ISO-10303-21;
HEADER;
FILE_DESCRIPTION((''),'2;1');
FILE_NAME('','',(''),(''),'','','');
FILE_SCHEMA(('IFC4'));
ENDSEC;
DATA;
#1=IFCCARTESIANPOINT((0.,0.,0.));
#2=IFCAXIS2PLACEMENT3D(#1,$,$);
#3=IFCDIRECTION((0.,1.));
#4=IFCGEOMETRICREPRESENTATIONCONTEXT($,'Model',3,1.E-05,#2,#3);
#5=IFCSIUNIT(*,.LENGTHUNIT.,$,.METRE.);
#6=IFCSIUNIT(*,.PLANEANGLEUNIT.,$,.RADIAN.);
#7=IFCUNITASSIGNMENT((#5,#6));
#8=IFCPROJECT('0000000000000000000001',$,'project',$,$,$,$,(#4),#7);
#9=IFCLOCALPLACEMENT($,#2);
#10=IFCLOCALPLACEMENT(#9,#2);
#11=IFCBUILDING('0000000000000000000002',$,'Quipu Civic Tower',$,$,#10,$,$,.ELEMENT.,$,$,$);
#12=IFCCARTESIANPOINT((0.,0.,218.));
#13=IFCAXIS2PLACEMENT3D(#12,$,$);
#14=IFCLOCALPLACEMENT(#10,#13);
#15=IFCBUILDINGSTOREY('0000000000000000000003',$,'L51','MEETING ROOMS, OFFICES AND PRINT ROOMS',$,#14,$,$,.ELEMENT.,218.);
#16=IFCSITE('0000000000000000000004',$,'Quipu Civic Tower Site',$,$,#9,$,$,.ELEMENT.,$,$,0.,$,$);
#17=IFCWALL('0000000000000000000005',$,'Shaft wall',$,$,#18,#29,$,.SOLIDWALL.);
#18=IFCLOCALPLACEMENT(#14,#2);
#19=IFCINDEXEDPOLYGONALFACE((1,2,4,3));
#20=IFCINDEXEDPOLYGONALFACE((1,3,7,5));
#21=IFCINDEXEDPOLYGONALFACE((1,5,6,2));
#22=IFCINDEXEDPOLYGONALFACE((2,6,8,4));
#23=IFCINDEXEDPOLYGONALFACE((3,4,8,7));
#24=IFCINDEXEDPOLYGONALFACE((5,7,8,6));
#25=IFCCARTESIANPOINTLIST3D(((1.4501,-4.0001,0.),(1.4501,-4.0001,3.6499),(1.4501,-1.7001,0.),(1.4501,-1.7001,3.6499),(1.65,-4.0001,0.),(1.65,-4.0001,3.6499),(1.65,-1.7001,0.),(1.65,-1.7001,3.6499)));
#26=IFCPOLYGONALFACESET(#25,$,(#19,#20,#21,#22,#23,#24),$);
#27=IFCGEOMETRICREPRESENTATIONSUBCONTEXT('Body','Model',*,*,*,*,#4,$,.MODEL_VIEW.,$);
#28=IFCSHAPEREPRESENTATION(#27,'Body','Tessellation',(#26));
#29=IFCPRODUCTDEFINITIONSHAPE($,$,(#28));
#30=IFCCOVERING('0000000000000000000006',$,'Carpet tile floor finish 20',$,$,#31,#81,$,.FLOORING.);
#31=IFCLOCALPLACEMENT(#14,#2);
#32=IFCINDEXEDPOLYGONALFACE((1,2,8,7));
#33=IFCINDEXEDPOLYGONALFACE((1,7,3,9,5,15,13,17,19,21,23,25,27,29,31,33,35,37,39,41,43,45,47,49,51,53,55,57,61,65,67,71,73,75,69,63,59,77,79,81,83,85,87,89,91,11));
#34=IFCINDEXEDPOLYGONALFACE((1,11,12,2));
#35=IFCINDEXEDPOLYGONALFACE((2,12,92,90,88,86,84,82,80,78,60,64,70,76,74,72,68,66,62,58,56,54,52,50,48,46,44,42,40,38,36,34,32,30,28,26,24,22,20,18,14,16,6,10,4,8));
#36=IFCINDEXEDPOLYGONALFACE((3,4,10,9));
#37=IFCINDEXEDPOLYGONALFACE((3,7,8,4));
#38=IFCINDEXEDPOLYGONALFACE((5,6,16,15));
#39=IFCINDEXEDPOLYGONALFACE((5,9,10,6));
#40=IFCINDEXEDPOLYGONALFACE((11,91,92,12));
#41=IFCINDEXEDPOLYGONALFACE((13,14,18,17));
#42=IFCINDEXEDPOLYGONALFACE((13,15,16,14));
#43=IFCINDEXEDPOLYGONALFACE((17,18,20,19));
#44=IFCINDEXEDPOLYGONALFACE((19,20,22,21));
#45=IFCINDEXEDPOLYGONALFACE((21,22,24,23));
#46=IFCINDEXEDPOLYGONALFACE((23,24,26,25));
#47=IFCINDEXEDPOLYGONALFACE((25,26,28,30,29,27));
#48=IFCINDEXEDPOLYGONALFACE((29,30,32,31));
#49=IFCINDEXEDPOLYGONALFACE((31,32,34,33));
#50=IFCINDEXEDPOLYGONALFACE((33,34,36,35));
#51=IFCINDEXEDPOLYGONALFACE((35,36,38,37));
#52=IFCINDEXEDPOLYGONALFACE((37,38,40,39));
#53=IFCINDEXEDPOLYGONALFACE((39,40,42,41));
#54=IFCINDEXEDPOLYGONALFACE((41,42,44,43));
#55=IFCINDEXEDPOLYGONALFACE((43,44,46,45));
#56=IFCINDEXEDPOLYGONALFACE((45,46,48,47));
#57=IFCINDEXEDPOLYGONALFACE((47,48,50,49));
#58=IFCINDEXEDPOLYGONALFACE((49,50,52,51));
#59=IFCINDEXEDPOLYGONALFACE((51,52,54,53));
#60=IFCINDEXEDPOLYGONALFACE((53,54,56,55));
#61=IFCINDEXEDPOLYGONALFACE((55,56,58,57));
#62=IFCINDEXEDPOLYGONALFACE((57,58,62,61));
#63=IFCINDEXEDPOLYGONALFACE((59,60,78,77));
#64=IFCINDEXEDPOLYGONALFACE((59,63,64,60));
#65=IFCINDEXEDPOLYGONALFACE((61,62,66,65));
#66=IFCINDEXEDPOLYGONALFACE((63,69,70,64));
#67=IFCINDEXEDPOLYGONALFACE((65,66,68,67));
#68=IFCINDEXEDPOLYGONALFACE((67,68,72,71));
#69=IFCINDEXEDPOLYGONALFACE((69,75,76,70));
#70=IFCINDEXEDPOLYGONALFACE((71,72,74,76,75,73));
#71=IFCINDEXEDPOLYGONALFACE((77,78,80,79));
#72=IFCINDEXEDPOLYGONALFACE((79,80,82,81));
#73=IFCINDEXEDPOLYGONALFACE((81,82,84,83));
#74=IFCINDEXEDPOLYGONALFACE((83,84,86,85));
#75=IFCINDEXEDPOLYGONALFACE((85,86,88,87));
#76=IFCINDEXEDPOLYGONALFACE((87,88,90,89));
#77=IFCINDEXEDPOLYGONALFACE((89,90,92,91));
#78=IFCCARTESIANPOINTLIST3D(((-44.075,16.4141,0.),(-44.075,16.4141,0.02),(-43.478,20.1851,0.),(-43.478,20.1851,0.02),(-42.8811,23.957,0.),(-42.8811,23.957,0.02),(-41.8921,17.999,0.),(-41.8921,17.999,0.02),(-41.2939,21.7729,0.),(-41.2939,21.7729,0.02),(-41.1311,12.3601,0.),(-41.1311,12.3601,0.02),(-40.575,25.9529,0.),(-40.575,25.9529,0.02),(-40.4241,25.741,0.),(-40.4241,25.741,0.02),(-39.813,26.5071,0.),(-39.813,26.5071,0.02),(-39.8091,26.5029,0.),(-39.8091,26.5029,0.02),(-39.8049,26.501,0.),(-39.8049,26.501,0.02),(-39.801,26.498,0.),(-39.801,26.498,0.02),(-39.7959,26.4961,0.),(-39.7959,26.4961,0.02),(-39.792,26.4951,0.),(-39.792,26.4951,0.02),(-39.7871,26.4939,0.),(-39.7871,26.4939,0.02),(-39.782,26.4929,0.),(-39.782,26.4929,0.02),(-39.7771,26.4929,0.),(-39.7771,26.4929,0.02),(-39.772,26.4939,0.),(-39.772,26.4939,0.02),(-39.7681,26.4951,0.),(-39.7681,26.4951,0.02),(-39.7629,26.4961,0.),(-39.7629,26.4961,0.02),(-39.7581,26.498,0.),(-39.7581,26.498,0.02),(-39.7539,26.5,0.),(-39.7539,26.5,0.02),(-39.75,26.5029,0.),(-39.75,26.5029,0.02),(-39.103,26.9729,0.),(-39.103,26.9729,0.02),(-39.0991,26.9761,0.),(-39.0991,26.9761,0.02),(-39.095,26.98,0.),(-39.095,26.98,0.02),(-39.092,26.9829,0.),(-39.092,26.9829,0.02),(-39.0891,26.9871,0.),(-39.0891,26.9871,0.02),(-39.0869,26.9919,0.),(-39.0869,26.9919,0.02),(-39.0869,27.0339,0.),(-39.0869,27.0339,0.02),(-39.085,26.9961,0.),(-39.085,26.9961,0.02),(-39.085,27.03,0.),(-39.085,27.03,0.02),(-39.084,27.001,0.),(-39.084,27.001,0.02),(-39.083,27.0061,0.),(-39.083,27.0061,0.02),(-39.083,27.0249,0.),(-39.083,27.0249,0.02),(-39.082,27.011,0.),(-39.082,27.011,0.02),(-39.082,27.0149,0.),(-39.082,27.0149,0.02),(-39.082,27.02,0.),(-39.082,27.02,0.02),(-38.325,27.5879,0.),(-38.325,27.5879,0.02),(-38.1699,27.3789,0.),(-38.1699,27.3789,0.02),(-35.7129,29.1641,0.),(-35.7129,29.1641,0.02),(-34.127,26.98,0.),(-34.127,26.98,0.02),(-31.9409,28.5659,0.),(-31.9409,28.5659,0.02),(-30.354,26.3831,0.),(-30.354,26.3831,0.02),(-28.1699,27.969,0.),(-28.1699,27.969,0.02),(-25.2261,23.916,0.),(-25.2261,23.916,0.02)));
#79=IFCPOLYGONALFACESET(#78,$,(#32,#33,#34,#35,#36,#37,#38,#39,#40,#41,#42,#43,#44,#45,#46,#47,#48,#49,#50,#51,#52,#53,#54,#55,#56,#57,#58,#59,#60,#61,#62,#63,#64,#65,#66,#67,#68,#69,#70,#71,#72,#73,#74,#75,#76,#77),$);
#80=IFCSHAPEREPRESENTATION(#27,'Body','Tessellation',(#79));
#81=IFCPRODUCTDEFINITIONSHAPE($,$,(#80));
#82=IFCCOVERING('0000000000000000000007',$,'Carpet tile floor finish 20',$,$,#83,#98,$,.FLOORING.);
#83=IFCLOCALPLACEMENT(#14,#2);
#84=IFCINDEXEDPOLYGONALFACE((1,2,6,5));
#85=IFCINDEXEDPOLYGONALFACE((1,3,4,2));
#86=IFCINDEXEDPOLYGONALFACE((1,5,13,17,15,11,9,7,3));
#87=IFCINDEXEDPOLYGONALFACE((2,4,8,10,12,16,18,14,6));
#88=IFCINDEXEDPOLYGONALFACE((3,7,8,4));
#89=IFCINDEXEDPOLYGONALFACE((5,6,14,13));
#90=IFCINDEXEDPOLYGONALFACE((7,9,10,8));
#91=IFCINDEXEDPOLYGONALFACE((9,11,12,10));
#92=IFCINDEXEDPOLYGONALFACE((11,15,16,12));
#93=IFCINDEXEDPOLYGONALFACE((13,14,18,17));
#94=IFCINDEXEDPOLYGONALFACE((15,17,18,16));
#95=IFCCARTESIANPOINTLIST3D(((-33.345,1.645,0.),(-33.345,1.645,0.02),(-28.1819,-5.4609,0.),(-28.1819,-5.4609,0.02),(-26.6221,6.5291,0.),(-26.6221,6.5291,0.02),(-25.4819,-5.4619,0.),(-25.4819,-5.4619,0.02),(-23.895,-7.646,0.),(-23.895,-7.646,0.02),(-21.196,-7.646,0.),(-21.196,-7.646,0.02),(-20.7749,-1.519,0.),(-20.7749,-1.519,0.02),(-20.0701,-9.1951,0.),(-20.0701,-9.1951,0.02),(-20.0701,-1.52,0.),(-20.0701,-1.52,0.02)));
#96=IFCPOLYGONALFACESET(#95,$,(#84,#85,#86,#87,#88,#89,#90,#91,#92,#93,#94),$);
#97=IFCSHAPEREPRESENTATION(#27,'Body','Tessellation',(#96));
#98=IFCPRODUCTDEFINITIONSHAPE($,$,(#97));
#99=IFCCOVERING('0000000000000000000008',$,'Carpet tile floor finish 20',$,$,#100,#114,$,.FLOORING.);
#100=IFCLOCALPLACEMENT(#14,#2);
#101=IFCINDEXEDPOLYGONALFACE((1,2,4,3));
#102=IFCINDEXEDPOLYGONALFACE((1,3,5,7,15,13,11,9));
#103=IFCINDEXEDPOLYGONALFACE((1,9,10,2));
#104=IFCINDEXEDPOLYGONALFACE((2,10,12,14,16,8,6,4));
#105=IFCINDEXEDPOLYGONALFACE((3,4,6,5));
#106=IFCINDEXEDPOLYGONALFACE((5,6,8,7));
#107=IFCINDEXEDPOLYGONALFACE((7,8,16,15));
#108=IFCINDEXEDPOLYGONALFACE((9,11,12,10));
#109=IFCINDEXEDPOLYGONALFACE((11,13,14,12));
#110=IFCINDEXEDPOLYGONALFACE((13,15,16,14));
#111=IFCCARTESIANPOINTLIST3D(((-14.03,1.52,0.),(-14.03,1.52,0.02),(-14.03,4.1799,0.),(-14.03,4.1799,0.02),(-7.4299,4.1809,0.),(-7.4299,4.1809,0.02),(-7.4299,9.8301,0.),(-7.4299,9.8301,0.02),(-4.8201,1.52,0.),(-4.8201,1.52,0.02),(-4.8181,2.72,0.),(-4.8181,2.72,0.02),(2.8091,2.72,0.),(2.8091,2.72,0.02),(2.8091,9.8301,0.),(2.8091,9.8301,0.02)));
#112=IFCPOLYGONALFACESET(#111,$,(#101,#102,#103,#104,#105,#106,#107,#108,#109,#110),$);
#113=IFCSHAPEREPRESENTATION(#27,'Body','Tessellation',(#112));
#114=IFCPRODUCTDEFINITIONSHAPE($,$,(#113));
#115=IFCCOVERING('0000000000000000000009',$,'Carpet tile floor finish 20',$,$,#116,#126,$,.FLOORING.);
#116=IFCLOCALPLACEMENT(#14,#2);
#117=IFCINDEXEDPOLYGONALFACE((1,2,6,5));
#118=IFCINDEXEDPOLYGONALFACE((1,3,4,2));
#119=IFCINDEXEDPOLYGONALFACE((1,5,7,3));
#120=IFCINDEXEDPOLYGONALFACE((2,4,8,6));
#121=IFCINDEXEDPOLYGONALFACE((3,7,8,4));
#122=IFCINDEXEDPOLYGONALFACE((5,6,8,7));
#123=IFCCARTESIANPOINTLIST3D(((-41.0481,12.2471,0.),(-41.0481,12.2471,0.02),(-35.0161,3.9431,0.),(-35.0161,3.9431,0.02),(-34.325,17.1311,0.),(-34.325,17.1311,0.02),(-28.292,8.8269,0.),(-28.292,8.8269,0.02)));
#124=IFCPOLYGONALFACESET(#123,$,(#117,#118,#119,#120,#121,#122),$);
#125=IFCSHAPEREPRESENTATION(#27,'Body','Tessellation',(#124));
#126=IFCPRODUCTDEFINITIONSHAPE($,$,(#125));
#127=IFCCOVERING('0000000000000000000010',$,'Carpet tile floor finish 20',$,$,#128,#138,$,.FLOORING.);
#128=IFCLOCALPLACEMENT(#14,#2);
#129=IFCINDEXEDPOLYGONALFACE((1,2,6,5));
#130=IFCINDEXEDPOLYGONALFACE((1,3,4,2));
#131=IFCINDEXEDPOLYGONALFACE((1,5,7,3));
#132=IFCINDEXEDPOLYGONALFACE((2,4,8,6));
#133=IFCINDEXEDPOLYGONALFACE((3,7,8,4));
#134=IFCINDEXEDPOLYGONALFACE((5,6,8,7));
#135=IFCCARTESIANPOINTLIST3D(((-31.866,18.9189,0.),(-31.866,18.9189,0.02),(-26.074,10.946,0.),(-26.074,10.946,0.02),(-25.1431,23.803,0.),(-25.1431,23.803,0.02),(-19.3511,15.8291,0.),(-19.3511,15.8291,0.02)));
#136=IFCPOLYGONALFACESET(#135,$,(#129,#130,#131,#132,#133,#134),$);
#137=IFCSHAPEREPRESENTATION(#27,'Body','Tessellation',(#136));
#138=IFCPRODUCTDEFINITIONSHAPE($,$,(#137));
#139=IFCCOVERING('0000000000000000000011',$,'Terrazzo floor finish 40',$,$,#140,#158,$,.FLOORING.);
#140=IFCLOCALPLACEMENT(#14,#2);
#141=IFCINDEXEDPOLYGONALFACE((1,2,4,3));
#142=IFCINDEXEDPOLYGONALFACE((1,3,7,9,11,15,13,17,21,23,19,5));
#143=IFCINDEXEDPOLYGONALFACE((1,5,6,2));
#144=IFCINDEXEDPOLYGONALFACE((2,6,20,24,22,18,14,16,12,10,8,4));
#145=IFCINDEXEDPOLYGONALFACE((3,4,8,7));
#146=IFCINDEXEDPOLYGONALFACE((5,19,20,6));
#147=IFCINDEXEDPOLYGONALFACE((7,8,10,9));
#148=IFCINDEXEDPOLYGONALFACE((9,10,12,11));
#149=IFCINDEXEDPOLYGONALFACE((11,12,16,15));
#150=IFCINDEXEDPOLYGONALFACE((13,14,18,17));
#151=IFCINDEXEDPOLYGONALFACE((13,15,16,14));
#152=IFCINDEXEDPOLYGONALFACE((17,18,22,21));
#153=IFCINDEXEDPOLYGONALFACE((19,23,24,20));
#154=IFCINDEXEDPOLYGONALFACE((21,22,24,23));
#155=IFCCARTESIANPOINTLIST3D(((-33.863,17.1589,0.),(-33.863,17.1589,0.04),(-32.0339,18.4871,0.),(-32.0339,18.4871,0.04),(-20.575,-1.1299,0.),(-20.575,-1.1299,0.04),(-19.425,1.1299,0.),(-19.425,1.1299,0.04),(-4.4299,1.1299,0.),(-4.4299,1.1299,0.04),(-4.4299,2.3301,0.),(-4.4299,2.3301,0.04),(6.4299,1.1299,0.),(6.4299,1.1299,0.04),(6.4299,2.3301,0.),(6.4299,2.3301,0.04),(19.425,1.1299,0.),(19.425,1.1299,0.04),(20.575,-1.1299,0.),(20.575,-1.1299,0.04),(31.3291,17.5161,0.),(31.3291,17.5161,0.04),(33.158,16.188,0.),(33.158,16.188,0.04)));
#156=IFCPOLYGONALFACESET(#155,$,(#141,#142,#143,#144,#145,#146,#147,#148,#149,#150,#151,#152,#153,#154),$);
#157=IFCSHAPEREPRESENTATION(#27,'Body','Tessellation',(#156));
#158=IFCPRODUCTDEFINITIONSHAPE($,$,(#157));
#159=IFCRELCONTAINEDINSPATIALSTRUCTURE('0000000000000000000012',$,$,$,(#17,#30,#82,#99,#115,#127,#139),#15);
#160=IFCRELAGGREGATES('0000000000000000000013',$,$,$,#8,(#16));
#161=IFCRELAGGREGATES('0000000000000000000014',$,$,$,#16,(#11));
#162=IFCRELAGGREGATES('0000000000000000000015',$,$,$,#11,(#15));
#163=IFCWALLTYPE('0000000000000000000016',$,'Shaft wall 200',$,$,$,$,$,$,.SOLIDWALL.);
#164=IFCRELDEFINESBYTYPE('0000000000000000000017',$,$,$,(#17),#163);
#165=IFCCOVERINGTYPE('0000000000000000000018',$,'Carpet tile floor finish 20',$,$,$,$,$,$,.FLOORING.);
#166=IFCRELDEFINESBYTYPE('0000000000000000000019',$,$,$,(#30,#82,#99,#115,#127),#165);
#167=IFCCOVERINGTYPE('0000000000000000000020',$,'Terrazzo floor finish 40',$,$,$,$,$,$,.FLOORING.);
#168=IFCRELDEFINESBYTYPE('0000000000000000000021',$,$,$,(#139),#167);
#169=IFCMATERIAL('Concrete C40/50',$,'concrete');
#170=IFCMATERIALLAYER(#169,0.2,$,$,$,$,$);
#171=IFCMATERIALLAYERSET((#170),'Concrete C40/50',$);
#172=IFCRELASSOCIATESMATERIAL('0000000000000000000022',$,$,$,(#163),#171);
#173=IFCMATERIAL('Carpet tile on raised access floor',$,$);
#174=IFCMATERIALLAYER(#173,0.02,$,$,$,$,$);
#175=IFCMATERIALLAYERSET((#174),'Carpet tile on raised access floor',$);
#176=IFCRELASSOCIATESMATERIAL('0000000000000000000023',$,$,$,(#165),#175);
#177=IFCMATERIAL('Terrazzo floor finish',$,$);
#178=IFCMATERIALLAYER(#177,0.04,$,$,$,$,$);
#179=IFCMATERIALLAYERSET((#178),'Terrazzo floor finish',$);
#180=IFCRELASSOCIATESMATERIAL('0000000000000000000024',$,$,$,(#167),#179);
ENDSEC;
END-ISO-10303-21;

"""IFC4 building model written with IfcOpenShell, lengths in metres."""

from ifc_helpers import new_model, si_unit, direction, frame, frame_2d, origin, place, context, subcontext, project, spatial, polyline, rectangle, outline, extrude, material, layer, layer_set, type_object, element, save


model = new_model("IFC4")

# Units and contexts
model_context = context("Model", 3, precision=1e-05, world=origin(), true_north=direction((0.0, 1.0)))
body_context = subcontext(model_context, "Body", "Model", "MODEL_VIEW")
ifc_project = project(units=[si_unit("LENGTHUNIT", "METRE"), si_unit("PLANEANGLEUNIT", "RADIAN")], contexts=[model_context])

# Site, building, storey
site_placement = place(None, origin())
site = spatial("IfcSite", under=ifc_project, at=site_placement, Name="Quipu Civic Tower Site", CompositionType="ELEMENT", RefElevation=0.0)
building_placement = place(site_placement, origin())
building = spatial("IfcBuilding", under=site, at=building_placement, Name="Quipu Civic Tower", CompositionType="ELEMENT")
storey_placement = place(building_placement, frame((0.0, 0.0, 218.0)))
storey = spatial("IfcBuildingStorey", under=building, at=storey_placement, Name="L51", Description="MEETING ROOMS, OFFICES AND PRINT ROOMS", CompositionType="ELEMENT", Elevation=218.0)

# Wall
ifc_material_1 = material(Name="Concrete C40/50", Category="concrete")
ifc_layer_1 = layer(ifc_material_1, 0.2)
ifc_layer_set_1 = layer_set([ifc_layer_1], Name="Concrete C40/50")
wall_type_1 = type_object("IfcWallType", Name="Shaft wall 200", PredefinedType="SOLIDWALL", material=ifc_layer_set_1)
wall_1_placement = place(storey_placement, frame((1.55, -4.0, 0.0), z_axis=(0.0, 0.0, 1.0), x_axis=(0.0, 1.0, 0.0)))
element("IfcWall", 1, at=wall_1_placement, inside=storey, type_object=wall_type_1, Name="Shaft wall", PredefinedType="SOLIDWALL", context=body_context, shape_type="SweptSolid", body=[
    extrude(rectangle(XDim=2.3, YDim=0.2, at=frame_2d((1.1499, 0.0))), origin(), (0.0, 0.0, 1.0), 3.6499),
])

# Coverings
ifc_material_2 = material(Name="Carpet tile on raised access floor")
ifc_layer_2 = layer(ifc_material_2, 0.02)
ifc_layer_set_2 = layer_set([ifc_layer_2], Name="Carpet tile on raised access floor")
covering_type_1 = type_object("IfcCoveringType", Name="Carpet tile floor finish 20", PredefinedType="FLOORING", material=ifc_layer_set_2)
covering_1_placement = place(storey_placement, origin())
element("IfcCovering", 2, at=covering_1_placement, inside=storey, type_object=covering_type_1, Name="Carpet tile floor finish 20", PredefinedType="FLOORING", context=body_context, shape_type="SweptSolid", body=[
    extrude(outline(polyline([(-44.075, 16.4141), (-41.8921, 17.999), (-43.478, 20.1851), (-41.2939, 21.7729), (-42.8811, 23.957), (-40.4241, 25.741), (-40.575, 25.9529), (-39.813, 26.5071), (-39.8091, 26.5029), (-39.8049, 26.501), (-39.801, 26.498), (-39.7959, 26.4961), (-39.792, 26.4951), (-39.7871, 26.4939), (-39.782, 26.4929), (-39.7771, 26.4929), (-39.772, 26.4939), (-39.7681, 26.4951), (-39.7629, 26.4961), (-39.7581, 26.498), (-39.7539, 26.5), (-39.75, 26.5029), (-39.103, 26.9729), (-39.0991, 26.9761), (-39.095, 26.98), (-39.092, 26.9829), (-39.0891, 26.9871), (-39.0869, 26.9919), (-39.085, 26.9961), (-39.084, 27.001), (-39.083, 27.0061), (-39.082, 27.011), (-39.082, 27.0149), (-39.082, 27.02), (-39.083, 27.0249), (-39.085, 27.03), (-39.0869, 27.0339), (-38.325, 27.5879), (-38.1699, 27.3789), (-35.7129, 29.1641), (-34.127, 26.98), (-31.9409, 28.5659), (-30.354, 26.3831), (-28.1699, 27.969), (-25.2261, 23.916), (-41.1311, 12.3601), (-44.075, 16.4141)])), origin(), (0.0, 0.0, 1.0), 0.02),
])
covering_2_placement = place(storey_placement, origin())
element("IfcCovering", 3, at=covering_2_placement, inside=storey, type_object=covering_type_1, Name="Carpet tile floor finish 20", PredefinedType="FLOORING", context=body_context, shape_type="SweptSolid", body=[
    extrude(outline(polyline([(-33.345, 1.645), (-26.6221, 6.5291), (-20.7749, -1.519), (-20.0701, -1.52), (-20.0701, -9.1951), (-21.196, -7.646), (-23.895, -7.646), (-25.4819, -5.4619), (-28.1819, -5.4609), (-33.345, 1.645)])), origin(), (0.0, 0.0, 1.0), 0.02),
])
covering_3_placement = place(storey_placement, origin())
element("IfcCovering", 4, at=covering_3_placement, inside=storey, type_object=covering_type_1, Name="Carpet tile floor finish 20", PredefinedType="FLOORING", context=body_context, shape_type="SweptSolid", body=[
    extrude(outline(polyline([(-14.03, 1.52), (-14.03, 4.1799), (-7.4299, 4.1809), (-7.4299, 9.8301), (2.8091, 9.8301), (2.8091, 2.72), (-4.8181, 2.72), (-4.8201, 1.52), (-14.03, 1.52)])), origin(), (0.0, 0.0, 1.0), 0.02),
])
covering_4_placement = place(storey_placement, origin())
element("IfcCovering", 5, at=covering_4_placement, inside=storey, type_object=covering_type_1, Name="Carpet tile floor finish 20", PredefinedType="FLOORING", context=body_context, shape_type="SweptSolid", body=[
    extrude(outline(polyline([(-41.0481, 12.2471), (-34.325, 17.1311), (-28.292, 8.8269), (-35.0161, 3.9431), (-41.0481, 12.2471)])), origin(), (0.0, 0.0, 1.0), 0.02),
])
covering_5_placement = place(storey_placement, origin())
element("IfcCovering", 6, at=covering_5_placement, inside=storey, type_object=covering_type_1, Name="Carpet tile floor finish 20", PredefinedType="FLOORING", context=body_context, shape_type="SweptSolid", body=[
    extrude(outline(polyline([(-31.866, 18.9189), (-25.1431, 23.803), (-19.3511, 15.8291), (-26.074, 10.946), (-31.866, 18.9189)])), origin(), (0.0, 0.0, 1.0), 0.02),
])
ifc_material_3 = material(Name="Terrazzo floor finish")
ifc_layer_3 = layer(ifc_material_3, 0.04)
ifc_layer_set_3 = layer_set([ifc_layer_3], Name="Terrazzo floor finish")
covering_type_2 = type_object("IfcCoveringType", Name="Terrazzo floor finish 40", PredefinedType="FLOORING", material=ifc_layer_set_3)
covering_6_placement = place(storey_placement, origin())
element("IfcCovering", 7, at=covering_6_placement, inside=storey, type_object=covering_type_2, Name="Terrazzo floor finish 40", PredefinedType="FLOORING", context=body_context, shape_type="SweptSolid", body=[
    extrude(outline(polyline([(6.4299, 1.1299), (19.425, 1.1299), (31.3291, 17.5161), (33.158, 16.188), (20.575, -1.1299), (-20.575, -1.1299), (-33.863, 17.1589), (-32.0339, 18.4871), (-19.425, 1.1299), (-4.4299, 1.1299), (-4.4299, 2.3301), (6.4299, 2.3301), (6.4299, 1.1299)])), origin(), (0.0, 0.0, 1.0), 0.04),
])

save(model, "model.ifc")
